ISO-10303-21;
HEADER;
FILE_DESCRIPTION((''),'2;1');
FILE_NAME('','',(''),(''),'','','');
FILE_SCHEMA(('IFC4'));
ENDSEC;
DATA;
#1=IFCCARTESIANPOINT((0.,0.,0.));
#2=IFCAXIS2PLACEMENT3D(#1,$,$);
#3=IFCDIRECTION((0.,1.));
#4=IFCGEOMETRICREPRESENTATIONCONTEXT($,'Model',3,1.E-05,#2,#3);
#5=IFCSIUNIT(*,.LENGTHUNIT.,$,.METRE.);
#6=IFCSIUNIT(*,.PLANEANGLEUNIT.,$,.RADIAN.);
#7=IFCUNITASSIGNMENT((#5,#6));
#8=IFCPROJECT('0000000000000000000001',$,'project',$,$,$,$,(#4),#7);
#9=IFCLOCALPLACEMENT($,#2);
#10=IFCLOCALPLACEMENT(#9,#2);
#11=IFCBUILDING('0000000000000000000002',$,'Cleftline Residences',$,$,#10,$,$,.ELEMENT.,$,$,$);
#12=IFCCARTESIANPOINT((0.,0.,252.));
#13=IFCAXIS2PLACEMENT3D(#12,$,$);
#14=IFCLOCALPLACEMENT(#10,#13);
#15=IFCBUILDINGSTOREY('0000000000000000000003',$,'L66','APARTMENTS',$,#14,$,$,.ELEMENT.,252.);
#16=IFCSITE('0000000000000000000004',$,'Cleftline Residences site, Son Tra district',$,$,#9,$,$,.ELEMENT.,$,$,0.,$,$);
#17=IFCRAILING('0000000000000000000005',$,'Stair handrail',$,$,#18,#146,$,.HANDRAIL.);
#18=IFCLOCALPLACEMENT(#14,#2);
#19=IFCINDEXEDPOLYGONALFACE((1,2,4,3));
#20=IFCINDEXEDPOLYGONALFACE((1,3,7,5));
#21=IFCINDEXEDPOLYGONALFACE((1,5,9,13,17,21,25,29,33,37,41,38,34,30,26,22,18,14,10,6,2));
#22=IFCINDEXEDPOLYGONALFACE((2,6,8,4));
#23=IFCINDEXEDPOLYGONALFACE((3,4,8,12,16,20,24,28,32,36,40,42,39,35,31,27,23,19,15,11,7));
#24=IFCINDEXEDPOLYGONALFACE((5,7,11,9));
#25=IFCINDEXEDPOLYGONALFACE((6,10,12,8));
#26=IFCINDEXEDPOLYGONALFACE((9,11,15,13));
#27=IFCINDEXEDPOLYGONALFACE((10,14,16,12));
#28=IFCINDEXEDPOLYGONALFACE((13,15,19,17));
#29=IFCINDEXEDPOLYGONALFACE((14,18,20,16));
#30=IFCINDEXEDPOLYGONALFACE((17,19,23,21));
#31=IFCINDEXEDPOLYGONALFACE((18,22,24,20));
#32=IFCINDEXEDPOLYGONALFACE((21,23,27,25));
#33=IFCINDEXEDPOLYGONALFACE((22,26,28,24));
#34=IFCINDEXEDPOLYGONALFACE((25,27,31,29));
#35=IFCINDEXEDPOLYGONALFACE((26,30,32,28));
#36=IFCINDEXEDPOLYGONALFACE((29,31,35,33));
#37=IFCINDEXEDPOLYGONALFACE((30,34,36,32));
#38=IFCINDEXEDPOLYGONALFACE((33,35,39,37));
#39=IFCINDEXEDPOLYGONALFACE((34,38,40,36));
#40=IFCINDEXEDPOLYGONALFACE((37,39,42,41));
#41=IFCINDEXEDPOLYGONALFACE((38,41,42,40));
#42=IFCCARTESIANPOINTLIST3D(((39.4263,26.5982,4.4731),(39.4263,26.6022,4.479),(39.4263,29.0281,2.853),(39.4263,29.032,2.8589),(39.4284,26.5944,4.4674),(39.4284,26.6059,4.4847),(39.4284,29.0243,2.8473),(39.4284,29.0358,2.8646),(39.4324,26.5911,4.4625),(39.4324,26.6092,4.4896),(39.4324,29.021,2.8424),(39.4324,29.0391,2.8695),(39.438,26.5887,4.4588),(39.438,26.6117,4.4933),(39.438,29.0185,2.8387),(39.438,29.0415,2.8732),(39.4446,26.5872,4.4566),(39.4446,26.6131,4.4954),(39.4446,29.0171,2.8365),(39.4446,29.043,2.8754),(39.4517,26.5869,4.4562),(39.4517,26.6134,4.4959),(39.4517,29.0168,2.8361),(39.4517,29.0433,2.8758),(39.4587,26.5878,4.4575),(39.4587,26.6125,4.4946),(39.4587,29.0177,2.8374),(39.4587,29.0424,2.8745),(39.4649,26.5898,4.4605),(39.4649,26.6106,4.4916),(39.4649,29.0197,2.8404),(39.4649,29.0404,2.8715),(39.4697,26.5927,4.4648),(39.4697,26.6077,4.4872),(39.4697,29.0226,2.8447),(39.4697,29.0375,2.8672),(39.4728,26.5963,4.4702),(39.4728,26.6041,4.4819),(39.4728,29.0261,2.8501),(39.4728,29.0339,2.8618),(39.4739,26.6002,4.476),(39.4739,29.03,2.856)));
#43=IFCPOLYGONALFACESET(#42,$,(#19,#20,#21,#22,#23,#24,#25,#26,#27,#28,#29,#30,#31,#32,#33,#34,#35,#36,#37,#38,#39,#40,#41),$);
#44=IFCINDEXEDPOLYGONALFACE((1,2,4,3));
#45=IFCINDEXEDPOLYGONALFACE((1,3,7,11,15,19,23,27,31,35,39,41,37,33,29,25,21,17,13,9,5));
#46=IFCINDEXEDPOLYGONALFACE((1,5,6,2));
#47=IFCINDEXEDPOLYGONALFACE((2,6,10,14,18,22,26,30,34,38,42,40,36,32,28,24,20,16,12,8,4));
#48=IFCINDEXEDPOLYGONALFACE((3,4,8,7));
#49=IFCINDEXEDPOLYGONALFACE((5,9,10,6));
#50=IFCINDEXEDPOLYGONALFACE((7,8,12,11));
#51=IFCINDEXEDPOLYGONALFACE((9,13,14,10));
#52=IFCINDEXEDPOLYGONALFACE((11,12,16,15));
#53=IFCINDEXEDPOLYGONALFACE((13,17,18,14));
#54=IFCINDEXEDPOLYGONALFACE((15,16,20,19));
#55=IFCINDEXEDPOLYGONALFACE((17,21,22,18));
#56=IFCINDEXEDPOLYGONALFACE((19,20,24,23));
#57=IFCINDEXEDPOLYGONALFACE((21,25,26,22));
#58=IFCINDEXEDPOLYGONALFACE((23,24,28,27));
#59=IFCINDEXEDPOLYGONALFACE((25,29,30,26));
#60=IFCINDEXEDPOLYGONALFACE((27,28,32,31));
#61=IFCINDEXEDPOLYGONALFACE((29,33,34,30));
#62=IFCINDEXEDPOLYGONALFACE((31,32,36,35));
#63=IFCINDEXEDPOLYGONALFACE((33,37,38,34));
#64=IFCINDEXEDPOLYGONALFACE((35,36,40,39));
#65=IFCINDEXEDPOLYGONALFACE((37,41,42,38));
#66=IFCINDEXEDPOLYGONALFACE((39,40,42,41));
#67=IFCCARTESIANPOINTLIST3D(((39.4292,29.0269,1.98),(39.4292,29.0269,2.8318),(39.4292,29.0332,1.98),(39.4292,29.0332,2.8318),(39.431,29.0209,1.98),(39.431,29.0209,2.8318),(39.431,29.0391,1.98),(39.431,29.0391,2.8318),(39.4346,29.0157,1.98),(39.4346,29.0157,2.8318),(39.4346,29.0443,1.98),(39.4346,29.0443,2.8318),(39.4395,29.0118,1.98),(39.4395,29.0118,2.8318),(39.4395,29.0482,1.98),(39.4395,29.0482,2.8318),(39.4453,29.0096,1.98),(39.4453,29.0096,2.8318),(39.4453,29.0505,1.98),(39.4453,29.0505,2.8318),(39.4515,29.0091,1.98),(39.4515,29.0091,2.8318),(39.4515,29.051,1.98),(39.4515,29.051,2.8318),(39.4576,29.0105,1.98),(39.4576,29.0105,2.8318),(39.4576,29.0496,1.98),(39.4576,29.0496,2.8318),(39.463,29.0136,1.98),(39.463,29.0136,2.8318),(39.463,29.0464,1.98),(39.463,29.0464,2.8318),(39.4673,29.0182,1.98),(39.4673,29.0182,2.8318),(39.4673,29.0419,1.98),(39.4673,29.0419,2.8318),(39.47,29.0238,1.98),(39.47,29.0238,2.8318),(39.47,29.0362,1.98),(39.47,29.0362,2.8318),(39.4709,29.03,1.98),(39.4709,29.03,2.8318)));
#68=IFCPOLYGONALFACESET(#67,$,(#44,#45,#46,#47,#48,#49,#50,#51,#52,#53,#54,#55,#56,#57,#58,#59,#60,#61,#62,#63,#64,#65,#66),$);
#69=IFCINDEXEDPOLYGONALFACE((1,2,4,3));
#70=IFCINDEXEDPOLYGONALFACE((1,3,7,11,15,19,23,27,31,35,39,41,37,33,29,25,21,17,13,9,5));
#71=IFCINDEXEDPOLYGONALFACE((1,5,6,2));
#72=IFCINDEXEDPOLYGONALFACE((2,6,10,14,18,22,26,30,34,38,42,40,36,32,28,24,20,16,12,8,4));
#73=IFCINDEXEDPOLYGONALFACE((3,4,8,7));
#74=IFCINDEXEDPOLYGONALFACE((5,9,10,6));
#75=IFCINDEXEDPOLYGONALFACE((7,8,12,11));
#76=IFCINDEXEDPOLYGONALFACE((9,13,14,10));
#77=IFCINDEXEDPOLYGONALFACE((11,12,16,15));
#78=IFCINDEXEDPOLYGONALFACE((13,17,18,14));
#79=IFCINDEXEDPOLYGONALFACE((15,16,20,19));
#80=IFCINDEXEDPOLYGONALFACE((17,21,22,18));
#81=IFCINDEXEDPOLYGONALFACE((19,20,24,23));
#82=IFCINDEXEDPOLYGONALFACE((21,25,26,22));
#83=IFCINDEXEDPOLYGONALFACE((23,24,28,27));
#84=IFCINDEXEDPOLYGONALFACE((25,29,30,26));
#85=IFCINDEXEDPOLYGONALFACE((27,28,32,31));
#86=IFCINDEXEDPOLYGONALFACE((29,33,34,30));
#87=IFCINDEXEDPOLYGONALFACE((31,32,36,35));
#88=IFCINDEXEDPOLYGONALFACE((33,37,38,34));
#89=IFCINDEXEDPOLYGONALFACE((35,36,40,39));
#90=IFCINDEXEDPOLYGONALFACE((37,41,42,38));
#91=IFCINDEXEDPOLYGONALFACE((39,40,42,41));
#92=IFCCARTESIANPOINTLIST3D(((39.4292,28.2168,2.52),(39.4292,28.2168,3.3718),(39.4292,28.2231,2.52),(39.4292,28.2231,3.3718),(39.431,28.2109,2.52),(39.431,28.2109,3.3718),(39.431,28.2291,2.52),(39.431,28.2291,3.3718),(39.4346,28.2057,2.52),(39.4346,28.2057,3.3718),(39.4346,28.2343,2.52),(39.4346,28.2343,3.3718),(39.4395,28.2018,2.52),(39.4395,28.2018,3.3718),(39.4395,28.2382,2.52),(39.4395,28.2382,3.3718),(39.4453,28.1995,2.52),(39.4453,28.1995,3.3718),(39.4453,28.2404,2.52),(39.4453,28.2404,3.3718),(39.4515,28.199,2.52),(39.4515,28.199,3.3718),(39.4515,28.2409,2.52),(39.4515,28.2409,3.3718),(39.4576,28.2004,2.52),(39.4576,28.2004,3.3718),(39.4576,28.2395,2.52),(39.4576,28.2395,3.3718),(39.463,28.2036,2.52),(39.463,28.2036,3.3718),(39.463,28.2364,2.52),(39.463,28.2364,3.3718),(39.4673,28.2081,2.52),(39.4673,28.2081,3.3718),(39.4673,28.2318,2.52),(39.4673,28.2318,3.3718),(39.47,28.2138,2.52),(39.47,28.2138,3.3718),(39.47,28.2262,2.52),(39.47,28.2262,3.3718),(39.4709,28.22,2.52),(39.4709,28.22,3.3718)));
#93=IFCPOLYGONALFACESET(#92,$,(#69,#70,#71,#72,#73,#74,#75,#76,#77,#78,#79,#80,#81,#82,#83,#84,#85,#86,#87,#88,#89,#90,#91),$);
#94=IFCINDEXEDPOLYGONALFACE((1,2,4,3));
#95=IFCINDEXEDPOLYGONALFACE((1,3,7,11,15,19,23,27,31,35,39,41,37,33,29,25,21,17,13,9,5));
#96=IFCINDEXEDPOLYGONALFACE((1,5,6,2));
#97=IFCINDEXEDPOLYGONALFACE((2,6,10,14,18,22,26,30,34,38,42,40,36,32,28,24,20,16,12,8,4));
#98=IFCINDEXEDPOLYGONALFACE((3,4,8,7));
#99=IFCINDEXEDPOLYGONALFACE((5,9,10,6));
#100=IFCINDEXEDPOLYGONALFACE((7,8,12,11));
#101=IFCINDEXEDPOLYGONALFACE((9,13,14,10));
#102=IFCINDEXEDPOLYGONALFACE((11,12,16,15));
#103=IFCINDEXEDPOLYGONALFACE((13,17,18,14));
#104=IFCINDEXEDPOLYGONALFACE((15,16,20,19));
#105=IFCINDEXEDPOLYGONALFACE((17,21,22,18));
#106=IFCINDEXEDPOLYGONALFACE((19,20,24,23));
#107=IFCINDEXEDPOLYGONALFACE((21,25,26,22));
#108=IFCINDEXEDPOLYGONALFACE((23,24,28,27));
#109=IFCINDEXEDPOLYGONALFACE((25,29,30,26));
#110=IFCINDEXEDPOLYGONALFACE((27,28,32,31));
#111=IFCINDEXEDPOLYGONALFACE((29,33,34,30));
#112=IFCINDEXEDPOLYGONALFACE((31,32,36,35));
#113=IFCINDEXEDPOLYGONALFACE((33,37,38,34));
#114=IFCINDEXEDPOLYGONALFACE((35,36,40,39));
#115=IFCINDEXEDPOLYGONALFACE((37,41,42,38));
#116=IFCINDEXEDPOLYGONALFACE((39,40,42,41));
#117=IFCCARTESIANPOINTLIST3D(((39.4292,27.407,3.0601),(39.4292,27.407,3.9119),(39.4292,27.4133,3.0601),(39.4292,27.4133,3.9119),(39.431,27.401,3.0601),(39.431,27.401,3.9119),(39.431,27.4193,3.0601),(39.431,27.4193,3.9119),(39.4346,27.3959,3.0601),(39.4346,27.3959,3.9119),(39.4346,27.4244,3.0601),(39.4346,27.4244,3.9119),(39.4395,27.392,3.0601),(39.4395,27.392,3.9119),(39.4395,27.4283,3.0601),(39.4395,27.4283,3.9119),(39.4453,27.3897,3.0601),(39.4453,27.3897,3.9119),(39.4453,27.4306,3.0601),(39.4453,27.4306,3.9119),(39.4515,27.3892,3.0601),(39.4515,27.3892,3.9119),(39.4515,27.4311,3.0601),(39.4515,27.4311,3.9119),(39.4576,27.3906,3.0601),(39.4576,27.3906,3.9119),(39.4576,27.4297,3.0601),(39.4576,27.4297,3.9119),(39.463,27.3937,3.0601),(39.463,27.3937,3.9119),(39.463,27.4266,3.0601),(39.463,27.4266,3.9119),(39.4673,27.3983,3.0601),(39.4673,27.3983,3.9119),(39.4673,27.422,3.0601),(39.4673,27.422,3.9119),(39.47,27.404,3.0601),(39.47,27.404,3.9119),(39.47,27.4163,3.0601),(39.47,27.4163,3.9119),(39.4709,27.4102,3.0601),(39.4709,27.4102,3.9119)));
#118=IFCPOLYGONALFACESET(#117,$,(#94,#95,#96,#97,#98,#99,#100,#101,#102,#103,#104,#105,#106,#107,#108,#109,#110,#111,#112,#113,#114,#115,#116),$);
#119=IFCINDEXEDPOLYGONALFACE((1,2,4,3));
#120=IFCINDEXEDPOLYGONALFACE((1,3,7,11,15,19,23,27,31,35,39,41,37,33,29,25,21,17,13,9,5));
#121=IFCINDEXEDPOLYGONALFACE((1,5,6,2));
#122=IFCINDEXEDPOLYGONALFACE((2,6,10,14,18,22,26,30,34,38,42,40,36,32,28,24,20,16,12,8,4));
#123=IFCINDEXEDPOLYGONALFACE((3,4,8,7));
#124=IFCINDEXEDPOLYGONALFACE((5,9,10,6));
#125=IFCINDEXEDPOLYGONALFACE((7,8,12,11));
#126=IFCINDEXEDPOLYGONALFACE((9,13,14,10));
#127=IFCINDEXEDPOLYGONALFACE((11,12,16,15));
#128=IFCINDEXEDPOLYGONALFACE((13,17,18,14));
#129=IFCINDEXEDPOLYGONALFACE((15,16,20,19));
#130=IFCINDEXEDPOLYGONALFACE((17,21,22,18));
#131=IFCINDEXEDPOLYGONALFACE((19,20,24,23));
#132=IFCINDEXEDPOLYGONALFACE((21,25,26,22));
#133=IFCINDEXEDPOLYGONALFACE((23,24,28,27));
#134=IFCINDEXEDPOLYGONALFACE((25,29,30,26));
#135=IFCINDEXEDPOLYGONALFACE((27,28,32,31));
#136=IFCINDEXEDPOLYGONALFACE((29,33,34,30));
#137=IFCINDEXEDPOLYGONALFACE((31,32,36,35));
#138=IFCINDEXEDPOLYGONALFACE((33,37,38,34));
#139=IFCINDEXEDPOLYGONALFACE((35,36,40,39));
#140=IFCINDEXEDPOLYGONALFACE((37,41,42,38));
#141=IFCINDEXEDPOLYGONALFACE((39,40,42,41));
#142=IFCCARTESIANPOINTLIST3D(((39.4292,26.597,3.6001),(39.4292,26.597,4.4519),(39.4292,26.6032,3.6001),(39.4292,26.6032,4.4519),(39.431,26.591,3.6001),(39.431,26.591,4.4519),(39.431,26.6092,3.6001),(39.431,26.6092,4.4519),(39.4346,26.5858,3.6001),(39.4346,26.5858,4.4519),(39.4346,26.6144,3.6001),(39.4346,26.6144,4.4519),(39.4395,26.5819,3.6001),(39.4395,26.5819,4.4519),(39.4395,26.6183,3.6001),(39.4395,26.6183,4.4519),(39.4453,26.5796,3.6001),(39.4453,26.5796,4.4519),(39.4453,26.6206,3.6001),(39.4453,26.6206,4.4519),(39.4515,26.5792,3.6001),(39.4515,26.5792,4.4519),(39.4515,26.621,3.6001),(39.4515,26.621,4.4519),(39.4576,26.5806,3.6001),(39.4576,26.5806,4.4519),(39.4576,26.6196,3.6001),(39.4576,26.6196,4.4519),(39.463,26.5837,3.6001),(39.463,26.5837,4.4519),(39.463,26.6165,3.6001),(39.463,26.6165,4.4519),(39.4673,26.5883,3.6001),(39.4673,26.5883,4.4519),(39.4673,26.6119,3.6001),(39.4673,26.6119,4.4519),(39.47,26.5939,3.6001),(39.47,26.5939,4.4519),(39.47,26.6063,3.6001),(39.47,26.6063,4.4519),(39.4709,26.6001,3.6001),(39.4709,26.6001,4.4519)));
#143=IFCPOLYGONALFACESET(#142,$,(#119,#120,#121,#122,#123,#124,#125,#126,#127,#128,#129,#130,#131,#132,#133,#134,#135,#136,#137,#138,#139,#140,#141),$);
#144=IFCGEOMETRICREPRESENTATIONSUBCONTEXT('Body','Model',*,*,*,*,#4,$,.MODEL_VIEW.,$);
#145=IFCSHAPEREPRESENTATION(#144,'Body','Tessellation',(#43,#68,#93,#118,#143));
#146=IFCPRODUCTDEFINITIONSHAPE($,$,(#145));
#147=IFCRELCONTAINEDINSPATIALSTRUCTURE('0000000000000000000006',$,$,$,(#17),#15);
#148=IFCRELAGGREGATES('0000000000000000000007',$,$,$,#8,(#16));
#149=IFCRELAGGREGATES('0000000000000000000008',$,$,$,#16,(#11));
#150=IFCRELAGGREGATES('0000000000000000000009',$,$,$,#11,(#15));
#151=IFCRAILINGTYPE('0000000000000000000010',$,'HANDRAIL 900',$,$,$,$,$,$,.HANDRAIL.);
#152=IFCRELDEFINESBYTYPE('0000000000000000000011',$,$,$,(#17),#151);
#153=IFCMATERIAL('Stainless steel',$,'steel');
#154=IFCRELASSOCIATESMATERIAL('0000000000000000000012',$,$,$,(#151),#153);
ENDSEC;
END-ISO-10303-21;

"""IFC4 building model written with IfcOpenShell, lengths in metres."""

from ifc_helpers import new_model, si_unit, direction, frame, origin, origin_2d, place, context, subcontext, project, spatial, circle, extrude, material, type_object, element, save


model = new_model("IFC4")

# Units and contexts
model_context = context("Model", 3, precision=1e-05, world=origin(), true_north=direction((0.0, 1.0)))
body_context = subcontext(model_context, "Body", "Model", "MODEL_VIEW")
ifc_project = project(units=[si_unit("LENGTHUNIT", "METRE"), si_unit("PLANEANGLEUNIT", "RADIAN")], contexts=[model_context])

# Site, building, storey
site_placement = place(None, origin())
site = spatial("IfcSite", under=ifc_project, at=site_placement, Name="Cleftline Residences site, Son Tra district", CompositionType="ELEMENT", RefElevation=0.0)
building_placement = place(site_placement, origin())
building = spatial("IfcBuilding", under=site, at=building_placement, Name="Cleftline Residences", CompositionType="ELEMENT")
storey_placement = place(building_placement, frame((0.0, 0.0, 252.0)))
storey = spatial("IfcBuildingStorey", under=building, at=storey_placement, Name="L66", Description="APARTMENTS", CompositionType="ELEMENT", Elevation=252.0)

# Railing
ifc_material_1 = material(Name="Stainless steel", Category="steel")
railing_type = type_object("IfcRailingType", Name="HANDRAIL 900", PredefinedType="HANDRAIL", material=ifc_material_1)
railing_1_placement = place(storey_placement, frame((39.45, 29.03, 1.98)))
element("IfcRailing", 1, at=railing_1_placement, inside=storey, type_object=railing_type, Name="Stair handrail", PredefinedType="HANDRAIL", context=body_context, shape_type="SweptSolid", body=[
    extrude(circle(Radius=0.0239, at=origin_2d()), frame((0.0, 0.0, 0.876), z_axis=(0.0, -0.832025, 0.554739), x_axis=(1.0, 0.0, 0.0)), (0.0, 0.0, 1.0), 2.9204),
    extrude(circle(Radius=0.021, at=origin_2d()), origin(), (0.0, 0.0, 1.0), 0.8518),
    extrude(circle(Radius=0.021, at=origin_2d()), frame((0.0, -0.8101, 0.54)), (0.0, 0.0, 1.0), 0.8518),
    extrude(circle(Radius=0.021, at=origin_2d()), frame((0.0, -1.6199, 1.0801)), (0.0, 0.0, 1.0), 0.8518),
    extrude(circle(Radius=0.021, at=origin_2d()), frame((0.0, -2.4299, 1.6201)), (0.0, 0.0, 1.0), 0.8518),
])

save(model, "model.ifc")
